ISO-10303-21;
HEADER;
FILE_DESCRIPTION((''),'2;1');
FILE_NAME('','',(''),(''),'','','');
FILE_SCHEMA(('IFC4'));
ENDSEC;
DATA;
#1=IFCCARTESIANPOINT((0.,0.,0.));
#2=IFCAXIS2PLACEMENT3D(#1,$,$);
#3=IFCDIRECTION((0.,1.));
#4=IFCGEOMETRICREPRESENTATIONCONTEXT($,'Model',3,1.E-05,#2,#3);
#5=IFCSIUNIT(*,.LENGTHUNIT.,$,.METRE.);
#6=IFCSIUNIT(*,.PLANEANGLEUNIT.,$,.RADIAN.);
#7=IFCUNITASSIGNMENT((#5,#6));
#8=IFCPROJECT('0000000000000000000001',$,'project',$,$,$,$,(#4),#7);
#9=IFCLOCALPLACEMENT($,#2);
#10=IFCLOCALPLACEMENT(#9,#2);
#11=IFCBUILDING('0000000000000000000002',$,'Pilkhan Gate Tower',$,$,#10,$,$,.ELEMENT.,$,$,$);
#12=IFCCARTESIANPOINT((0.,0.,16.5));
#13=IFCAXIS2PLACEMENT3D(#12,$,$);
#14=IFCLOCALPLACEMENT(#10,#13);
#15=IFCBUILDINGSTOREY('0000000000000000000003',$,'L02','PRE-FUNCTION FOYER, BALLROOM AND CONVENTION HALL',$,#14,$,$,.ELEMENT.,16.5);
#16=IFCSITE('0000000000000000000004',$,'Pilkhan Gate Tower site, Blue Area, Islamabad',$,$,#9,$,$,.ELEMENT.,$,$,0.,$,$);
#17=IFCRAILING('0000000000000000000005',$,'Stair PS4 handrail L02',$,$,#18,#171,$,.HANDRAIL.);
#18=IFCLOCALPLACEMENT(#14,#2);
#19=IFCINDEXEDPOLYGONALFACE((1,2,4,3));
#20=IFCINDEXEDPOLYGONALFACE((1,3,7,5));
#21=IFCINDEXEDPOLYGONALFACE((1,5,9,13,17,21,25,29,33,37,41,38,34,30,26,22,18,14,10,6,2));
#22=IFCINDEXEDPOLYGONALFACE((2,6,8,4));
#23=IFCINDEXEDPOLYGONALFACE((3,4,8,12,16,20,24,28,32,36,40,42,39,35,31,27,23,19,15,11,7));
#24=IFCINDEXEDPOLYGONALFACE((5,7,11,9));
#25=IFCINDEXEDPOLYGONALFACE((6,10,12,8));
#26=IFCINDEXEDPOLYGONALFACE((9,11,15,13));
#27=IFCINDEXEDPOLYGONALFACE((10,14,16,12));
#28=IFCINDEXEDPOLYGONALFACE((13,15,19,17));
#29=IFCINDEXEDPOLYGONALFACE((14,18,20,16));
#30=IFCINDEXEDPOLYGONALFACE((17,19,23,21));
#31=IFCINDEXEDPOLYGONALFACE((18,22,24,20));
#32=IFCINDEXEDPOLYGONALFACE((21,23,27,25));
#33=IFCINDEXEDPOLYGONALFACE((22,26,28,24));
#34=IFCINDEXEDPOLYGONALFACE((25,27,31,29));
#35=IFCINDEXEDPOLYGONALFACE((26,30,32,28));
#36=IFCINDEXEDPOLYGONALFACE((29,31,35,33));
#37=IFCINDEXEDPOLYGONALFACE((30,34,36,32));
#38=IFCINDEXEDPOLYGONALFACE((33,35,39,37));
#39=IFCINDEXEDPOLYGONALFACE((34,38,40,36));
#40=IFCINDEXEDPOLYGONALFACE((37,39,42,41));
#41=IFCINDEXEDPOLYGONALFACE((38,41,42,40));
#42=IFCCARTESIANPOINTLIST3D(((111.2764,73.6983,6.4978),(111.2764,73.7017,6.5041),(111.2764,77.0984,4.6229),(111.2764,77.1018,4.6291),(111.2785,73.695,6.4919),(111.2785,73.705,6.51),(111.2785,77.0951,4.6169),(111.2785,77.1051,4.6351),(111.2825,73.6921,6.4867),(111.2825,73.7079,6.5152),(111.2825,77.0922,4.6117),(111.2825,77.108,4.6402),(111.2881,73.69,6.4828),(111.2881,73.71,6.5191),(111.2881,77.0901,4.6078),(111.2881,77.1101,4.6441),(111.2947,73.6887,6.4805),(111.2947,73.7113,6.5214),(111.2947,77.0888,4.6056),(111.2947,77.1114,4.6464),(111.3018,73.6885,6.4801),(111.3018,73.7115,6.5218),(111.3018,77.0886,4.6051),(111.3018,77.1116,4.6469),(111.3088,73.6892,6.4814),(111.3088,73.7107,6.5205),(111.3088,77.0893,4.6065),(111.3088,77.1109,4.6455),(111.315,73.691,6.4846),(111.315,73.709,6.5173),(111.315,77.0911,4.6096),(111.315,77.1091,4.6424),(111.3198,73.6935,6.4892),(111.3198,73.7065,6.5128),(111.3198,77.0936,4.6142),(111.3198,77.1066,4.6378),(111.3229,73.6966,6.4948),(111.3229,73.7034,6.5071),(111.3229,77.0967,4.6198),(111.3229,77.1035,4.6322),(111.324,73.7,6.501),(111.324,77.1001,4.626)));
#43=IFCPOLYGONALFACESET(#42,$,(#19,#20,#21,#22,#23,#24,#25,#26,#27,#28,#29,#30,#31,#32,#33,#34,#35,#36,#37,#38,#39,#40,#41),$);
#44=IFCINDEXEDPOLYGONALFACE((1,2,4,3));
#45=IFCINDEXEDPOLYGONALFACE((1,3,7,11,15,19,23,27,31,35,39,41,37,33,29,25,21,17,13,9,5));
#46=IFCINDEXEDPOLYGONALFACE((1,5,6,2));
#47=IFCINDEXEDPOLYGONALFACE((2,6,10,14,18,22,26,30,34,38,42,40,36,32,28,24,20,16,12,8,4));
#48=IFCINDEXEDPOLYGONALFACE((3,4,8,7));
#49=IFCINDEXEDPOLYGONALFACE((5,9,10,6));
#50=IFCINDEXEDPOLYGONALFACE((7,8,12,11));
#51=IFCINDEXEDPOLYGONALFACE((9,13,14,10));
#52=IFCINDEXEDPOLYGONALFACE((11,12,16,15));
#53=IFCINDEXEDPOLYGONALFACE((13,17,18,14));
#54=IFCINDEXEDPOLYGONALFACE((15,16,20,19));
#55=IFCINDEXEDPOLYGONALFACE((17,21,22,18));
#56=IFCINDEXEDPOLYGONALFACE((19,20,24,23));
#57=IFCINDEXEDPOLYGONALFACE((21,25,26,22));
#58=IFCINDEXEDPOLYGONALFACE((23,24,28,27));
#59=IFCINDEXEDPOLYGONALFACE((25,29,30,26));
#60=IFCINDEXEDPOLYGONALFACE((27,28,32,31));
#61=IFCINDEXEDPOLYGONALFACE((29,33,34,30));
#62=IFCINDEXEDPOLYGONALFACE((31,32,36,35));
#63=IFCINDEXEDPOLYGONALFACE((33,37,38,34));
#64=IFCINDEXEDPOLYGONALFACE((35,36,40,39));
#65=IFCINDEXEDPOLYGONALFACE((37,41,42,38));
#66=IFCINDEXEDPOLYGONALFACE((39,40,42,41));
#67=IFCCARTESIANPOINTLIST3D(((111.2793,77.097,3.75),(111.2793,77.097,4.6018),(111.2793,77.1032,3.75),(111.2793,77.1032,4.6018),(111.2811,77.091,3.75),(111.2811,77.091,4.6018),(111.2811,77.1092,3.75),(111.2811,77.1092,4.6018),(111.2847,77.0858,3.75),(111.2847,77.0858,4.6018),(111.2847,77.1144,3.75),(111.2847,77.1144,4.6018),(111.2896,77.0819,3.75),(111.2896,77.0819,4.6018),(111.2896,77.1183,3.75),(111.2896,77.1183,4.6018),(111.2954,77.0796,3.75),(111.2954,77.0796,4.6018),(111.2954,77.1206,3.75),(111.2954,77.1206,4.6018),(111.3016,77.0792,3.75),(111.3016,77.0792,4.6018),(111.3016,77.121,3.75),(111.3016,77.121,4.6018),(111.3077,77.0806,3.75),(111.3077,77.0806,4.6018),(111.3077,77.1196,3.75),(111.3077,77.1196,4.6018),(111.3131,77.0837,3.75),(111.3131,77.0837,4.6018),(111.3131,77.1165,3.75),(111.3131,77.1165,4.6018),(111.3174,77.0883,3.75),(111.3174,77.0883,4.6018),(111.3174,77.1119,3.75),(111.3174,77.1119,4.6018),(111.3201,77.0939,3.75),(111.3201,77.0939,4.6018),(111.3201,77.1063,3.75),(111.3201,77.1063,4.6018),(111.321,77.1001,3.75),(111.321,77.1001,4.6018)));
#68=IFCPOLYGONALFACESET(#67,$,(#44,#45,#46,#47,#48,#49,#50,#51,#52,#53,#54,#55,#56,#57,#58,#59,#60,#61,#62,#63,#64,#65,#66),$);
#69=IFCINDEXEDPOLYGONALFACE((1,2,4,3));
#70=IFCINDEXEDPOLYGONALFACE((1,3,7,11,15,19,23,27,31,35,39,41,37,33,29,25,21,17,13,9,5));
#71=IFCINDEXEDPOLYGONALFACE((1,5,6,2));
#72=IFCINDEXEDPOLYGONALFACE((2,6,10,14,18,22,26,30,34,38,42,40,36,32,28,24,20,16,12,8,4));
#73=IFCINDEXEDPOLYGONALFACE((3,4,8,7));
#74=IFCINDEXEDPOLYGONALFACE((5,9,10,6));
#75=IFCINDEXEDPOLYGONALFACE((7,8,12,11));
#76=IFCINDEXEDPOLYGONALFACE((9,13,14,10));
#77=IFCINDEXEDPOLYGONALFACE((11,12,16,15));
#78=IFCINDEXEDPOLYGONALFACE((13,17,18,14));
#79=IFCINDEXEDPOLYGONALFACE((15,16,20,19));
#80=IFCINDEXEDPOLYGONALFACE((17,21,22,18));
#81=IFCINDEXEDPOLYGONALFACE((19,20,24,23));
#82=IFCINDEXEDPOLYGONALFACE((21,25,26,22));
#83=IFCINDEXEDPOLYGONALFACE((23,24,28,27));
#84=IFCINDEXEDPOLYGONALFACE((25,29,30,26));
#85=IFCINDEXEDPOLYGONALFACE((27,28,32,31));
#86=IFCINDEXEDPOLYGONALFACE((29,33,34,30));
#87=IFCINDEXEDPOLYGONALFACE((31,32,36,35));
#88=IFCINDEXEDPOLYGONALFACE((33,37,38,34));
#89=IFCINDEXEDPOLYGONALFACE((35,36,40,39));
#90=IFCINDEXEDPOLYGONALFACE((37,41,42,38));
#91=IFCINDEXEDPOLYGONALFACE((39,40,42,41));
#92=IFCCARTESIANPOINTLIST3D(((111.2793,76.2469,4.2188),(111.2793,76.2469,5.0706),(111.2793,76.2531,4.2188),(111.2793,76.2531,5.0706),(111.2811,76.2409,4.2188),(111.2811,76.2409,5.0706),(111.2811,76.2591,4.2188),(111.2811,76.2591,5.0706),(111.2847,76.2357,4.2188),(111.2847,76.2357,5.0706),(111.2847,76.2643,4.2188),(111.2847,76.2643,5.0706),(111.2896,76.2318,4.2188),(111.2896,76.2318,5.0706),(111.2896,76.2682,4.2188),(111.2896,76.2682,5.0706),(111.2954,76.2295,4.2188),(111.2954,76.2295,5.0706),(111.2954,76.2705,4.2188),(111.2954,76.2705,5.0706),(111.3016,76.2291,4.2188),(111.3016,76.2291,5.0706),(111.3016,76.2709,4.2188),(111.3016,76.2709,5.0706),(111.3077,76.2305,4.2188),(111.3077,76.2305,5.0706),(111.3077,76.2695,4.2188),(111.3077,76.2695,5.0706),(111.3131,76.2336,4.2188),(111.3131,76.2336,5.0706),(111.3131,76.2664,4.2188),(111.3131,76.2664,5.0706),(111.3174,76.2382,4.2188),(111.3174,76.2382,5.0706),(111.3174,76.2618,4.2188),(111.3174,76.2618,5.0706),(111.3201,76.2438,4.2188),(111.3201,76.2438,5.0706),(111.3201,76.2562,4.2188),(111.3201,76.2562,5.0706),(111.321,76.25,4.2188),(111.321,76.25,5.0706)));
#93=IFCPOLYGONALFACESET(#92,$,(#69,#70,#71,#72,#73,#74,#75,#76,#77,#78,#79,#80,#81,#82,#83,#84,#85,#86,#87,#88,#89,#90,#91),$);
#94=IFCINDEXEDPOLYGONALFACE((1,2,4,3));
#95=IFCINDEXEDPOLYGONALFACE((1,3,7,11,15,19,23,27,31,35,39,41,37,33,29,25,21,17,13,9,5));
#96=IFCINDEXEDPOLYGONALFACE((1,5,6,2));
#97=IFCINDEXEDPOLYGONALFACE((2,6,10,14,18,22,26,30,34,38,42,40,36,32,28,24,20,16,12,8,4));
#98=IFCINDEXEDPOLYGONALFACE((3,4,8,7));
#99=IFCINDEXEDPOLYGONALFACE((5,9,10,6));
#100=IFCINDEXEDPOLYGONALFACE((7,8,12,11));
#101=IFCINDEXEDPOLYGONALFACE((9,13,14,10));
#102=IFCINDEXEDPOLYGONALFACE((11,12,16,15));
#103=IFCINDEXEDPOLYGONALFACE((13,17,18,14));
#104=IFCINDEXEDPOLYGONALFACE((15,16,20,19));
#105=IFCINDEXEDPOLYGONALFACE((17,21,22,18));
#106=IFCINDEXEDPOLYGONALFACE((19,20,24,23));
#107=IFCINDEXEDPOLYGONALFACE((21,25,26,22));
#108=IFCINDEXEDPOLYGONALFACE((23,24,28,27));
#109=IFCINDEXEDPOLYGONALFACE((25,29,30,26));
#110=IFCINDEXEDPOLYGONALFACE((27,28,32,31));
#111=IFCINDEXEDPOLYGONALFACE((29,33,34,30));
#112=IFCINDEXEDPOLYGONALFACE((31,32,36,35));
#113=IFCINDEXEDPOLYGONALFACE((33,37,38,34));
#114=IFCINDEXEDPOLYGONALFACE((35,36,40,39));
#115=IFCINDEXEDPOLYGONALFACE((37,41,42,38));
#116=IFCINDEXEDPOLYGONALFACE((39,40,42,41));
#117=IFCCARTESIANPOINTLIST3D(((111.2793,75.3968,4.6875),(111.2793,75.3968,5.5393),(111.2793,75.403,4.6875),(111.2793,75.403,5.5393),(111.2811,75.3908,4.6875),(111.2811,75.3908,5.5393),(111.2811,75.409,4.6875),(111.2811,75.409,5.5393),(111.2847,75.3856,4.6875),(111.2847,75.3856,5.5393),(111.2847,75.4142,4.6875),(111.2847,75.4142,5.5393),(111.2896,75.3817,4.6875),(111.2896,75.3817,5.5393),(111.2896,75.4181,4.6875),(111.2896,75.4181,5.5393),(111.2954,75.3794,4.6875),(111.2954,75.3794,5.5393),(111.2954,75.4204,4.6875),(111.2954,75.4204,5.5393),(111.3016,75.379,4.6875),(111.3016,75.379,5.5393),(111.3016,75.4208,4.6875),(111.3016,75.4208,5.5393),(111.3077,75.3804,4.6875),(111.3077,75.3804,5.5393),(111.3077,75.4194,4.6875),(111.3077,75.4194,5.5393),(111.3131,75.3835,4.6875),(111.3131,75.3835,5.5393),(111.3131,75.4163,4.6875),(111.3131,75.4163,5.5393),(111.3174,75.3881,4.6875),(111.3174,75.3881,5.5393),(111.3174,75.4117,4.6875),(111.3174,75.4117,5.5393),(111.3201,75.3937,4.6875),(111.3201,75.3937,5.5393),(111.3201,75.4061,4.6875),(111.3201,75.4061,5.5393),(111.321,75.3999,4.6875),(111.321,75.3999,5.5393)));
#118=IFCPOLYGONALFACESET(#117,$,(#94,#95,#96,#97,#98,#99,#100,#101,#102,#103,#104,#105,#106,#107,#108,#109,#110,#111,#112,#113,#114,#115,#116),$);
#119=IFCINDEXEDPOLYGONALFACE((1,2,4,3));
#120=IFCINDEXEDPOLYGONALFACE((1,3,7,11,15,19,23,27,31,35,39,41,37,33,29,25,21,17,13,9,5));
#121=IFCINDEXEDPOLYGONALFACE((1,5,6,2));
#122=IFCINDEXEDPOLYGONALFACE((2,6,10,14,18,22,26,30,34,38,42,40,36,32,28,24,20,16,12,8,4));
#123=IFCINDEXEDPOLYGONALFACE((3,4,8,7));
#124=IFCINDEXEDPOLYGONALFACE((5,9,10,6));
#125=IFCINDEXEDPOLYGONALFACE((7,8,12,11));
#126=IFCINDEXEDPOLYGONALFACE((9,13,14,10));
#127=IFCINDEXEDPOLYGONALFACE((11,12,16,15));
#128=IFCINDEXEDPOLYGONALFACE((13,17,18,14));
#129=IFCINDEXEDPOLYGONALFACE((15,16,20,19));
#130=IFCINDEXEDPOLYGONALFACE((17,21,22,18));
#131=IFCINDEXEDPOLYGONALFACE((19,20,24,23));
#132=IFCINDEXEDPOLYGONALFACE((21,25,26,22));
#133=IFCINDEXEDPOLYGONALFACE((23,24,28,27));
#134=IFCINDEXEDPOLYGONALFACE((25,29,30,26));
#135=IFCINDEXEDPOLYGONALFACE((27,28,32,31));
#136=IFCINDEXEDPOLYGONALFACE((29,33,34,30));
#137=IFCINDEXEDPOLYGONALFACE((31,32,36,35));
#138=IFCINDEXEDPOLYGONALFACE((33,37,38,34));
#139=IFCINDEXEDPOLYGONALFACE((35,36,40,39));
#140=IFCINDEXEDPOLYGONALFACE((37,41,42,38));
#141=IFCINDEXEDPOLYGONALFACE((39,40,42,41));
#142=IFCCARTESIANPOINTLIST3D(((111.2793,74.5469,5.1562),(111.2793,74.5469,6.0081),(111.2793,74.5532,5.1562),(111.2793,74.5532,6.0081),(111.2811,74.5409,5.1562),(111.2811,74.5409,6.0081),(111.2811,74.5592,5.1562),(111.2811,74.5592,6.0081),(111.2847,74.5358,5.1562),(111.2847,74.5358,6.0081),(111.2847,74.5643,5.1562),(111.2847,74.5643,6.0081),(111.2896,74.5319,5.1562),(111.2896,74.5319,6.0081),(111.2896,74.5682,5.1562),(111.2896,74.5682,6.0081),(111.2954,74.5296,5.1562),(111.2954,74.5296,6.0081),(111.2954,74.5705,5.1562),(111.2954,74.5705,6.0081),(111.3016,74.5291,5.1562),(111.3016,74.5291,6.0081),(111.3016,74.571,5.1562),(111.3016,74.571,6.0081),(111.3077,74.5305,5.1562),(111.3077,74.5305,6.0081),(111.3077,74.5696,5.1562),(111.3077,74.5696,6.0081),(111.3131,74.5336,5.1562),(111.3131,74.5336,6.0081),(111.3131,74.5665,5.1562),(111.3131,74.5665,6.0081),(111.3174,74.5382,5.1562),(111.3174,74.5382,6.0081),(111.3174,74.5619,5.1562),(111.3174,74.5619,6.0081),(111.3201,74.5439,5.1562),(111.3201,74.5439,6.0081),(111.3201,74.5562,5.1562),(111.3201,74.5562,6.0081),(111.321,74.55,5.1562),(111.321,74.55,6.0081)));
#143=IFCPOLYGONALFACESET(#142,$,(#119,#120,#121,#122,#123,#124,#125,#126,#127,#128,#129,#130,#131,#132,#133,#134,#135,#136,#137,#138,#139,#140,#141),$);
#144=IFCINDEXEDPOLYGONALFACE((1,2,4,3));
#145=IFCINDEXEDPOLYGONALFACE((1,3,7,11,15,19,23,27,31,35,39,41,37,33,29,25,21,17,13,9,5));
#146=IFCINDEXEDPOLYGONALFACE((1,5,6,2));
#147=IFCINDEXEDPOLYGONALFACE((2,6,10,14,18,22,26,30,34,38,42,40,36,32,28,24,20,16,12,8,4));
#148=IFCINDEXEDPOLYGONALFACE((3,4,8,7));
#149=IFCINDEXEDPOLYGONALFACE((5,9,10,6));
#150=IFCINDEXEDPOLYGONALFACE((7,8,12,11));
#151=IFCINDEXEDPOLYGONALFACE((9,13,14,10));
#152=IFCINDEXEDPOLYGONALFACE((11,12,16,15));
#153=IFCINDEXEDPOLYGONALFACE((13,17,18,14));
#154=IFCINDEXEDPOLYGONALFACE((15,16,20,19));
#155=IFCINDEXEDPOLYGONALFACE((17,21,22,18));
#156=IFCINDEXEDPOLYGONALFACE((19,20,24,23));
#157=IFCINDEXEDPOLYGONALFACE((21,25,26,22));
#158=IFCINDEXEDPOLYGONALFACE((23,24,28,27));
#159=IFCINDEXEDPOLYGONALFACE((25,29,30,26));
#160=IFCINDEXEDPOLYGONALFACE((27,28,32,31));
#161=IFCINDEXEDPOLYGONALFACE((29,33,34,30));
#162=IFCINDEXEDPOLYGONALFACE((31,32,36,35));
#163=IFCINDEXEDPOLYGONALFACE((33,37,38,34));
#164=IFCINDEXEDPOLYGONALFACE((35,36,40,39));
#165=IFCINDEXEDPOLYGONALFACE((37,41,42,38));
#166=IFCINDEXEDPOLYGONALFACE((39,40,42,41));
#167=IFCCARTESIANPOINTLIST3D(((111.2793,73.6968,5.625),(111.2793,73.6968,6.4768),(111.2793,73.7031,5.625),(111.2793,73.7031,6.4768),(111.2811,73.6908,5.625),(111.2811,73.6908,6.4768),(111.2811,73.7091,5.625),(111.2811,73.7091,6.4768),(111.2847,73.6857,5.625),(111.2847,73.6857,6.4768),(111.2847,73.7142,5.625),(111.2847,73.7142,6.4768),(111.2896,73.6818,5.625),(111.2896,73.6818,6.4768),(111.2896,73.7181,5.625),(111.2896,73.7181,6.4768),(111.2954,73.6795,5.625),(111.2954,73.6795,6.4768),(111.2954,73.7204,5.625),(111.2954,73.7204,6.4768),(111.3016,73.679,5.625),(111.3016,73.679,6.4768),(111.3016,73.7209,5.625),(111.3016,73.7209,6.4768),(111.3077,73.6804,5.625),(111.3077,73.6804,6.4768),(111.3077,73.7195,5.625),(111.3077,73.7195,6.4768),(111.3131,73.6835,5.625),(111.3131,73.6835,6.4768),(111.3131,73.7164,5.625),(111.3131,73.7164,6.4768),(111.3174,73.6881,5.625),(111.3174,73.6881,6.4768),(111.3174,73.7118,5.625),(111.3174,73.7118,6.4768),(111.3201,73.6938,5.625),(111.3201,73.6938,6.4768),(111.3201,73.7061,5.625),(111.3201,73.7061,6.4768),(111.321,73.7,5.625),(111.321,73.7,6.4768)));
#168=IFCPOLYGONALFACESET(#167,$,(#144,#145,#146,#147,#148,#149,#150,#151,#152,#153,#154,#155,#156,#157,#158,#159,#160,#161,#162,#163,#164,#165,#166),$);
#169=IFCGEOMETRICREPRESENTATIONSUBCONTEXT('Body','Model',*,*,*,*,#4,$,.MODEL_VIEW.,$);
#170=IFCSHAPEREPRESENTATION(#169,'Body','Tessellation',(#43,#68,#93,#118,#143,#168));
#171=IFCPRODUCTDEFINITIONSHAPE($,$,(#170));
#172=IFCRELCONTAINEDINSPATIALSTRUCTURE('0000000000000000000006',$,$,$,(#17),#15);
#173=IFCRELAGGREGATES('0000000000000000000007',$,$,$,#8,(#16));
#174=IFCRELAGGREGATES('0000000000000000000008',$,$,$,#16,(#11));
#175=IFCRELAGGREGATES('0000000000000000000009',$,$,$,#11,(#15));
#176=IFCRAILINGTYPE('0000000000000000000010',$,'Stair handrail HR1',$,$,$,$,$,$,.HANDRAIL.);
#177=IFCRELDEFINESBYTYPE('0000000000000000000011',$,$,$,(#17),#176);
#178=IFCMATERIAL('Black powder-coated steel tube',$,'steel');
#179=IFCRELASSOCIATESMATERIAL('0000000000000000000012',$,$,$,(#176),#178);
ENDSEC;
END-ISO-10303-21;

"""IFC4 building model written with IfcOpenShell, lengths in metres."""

from ifc_helpers import new_model, si_unit, direction, frame, origin, origin_2d, place, context, subcontext, project, spatial, circle, extrude, material, type_object, element, save


model = new_model("IFC4")

# Units and contexts
model_context = context("Model", 3, precision=1e-05, world=origin(), true_north=direction((0.0, 1.0)))
body_context = subcontext(model_context, "Body", "Model", "MODEL_VIEW")
ifc_project = project(units=[si_unit("LENGTHUNIT", "METRE"), si_unit("PLANEANGLEUNIT", "RADIAN")], contexts=[model_context])

# Site, building, storey
site_placement = place(None, origin())
site = spatial("IfcSite", under=ifc_project, at=site_placement, Name="Pilkhan Gate Tower site, Blue Area, Islamabad", CompositionType="ELEMENT", RefElevation=0.0)
building_placement = place(site_placement, origin())
building = spatial("IfcBuilding", under=site, at=building_placement, Name="Pilkhan Gate Tower", CompositionType="ELEMENT")
storey_placement = place(building_placement, frame((0.0, 0.0, 16.5)))
storey = spatial("IfcBuildingStorey", under=building, at=storey_placement, Name="L02", Description="PRE-FUNCTION FOYER, BALLROOM AND CONVENTION HALL", CompositionType="ELEMENT", Elevation=16.5)

# Railing
ifc_material_1 = material(Name="Black powder-coated steel tube", Category="steel")
railing_type_1 = type_object("IfcRailingType", Name="Stair handrail HR1", PredefinedType="HANDRAIL", material=ifc_material_1)
railing_1_placement = place(storey_placement, frame((111.3, 77.1001, 3.75)))
element("IfcRailing", 1, at=railing_1_placement, inside=storey, type_object=railing_type_1, Name="Stair PS4 handrail L02", PredefinedType="HANDRAIL", context=body_context, shape_type="SweptSolid", body=[
    extrude(circle(Radius=0.0239, at=origin_2d()), frame((0.0, 0.0, 0.876), z_axis=(0.0, -0.87568, 0.482891), x_axis=(1.0, 0.0, 0.0)), (0.0, 0.0, 1.0), 3.8828),
    extrude(circle(Radius=0.021, at=origin_2d()), origin(), (0.0, 0.0, 1.0), 0.8518),
    extrude(circle(Radius=0.021, at=origin_2d()), frame((0.0, -0.8501, 0.4688)), (0.0, 0.0, 1.0), 0.8518),
    extrude(circle(Radius=0.021, at=origin_2d()), frame((0.0, -1.7002, 0.9375)), (0.0, 0.0, 1.0), 0.8518),
    extrude(circle(Radius=0.021, at=origin_2d()), frame((0.0, -2.55, 1.4062)), (0.0, 0.0, 1.0), 0.8518),
    extrude(circle(Radius=0.021, at=origin_2d()), frame((0.0, -3.4001, 1.875)), (0.0, 0.0, 1.0), 0.8518),
])

save(model, "model.ifc")
